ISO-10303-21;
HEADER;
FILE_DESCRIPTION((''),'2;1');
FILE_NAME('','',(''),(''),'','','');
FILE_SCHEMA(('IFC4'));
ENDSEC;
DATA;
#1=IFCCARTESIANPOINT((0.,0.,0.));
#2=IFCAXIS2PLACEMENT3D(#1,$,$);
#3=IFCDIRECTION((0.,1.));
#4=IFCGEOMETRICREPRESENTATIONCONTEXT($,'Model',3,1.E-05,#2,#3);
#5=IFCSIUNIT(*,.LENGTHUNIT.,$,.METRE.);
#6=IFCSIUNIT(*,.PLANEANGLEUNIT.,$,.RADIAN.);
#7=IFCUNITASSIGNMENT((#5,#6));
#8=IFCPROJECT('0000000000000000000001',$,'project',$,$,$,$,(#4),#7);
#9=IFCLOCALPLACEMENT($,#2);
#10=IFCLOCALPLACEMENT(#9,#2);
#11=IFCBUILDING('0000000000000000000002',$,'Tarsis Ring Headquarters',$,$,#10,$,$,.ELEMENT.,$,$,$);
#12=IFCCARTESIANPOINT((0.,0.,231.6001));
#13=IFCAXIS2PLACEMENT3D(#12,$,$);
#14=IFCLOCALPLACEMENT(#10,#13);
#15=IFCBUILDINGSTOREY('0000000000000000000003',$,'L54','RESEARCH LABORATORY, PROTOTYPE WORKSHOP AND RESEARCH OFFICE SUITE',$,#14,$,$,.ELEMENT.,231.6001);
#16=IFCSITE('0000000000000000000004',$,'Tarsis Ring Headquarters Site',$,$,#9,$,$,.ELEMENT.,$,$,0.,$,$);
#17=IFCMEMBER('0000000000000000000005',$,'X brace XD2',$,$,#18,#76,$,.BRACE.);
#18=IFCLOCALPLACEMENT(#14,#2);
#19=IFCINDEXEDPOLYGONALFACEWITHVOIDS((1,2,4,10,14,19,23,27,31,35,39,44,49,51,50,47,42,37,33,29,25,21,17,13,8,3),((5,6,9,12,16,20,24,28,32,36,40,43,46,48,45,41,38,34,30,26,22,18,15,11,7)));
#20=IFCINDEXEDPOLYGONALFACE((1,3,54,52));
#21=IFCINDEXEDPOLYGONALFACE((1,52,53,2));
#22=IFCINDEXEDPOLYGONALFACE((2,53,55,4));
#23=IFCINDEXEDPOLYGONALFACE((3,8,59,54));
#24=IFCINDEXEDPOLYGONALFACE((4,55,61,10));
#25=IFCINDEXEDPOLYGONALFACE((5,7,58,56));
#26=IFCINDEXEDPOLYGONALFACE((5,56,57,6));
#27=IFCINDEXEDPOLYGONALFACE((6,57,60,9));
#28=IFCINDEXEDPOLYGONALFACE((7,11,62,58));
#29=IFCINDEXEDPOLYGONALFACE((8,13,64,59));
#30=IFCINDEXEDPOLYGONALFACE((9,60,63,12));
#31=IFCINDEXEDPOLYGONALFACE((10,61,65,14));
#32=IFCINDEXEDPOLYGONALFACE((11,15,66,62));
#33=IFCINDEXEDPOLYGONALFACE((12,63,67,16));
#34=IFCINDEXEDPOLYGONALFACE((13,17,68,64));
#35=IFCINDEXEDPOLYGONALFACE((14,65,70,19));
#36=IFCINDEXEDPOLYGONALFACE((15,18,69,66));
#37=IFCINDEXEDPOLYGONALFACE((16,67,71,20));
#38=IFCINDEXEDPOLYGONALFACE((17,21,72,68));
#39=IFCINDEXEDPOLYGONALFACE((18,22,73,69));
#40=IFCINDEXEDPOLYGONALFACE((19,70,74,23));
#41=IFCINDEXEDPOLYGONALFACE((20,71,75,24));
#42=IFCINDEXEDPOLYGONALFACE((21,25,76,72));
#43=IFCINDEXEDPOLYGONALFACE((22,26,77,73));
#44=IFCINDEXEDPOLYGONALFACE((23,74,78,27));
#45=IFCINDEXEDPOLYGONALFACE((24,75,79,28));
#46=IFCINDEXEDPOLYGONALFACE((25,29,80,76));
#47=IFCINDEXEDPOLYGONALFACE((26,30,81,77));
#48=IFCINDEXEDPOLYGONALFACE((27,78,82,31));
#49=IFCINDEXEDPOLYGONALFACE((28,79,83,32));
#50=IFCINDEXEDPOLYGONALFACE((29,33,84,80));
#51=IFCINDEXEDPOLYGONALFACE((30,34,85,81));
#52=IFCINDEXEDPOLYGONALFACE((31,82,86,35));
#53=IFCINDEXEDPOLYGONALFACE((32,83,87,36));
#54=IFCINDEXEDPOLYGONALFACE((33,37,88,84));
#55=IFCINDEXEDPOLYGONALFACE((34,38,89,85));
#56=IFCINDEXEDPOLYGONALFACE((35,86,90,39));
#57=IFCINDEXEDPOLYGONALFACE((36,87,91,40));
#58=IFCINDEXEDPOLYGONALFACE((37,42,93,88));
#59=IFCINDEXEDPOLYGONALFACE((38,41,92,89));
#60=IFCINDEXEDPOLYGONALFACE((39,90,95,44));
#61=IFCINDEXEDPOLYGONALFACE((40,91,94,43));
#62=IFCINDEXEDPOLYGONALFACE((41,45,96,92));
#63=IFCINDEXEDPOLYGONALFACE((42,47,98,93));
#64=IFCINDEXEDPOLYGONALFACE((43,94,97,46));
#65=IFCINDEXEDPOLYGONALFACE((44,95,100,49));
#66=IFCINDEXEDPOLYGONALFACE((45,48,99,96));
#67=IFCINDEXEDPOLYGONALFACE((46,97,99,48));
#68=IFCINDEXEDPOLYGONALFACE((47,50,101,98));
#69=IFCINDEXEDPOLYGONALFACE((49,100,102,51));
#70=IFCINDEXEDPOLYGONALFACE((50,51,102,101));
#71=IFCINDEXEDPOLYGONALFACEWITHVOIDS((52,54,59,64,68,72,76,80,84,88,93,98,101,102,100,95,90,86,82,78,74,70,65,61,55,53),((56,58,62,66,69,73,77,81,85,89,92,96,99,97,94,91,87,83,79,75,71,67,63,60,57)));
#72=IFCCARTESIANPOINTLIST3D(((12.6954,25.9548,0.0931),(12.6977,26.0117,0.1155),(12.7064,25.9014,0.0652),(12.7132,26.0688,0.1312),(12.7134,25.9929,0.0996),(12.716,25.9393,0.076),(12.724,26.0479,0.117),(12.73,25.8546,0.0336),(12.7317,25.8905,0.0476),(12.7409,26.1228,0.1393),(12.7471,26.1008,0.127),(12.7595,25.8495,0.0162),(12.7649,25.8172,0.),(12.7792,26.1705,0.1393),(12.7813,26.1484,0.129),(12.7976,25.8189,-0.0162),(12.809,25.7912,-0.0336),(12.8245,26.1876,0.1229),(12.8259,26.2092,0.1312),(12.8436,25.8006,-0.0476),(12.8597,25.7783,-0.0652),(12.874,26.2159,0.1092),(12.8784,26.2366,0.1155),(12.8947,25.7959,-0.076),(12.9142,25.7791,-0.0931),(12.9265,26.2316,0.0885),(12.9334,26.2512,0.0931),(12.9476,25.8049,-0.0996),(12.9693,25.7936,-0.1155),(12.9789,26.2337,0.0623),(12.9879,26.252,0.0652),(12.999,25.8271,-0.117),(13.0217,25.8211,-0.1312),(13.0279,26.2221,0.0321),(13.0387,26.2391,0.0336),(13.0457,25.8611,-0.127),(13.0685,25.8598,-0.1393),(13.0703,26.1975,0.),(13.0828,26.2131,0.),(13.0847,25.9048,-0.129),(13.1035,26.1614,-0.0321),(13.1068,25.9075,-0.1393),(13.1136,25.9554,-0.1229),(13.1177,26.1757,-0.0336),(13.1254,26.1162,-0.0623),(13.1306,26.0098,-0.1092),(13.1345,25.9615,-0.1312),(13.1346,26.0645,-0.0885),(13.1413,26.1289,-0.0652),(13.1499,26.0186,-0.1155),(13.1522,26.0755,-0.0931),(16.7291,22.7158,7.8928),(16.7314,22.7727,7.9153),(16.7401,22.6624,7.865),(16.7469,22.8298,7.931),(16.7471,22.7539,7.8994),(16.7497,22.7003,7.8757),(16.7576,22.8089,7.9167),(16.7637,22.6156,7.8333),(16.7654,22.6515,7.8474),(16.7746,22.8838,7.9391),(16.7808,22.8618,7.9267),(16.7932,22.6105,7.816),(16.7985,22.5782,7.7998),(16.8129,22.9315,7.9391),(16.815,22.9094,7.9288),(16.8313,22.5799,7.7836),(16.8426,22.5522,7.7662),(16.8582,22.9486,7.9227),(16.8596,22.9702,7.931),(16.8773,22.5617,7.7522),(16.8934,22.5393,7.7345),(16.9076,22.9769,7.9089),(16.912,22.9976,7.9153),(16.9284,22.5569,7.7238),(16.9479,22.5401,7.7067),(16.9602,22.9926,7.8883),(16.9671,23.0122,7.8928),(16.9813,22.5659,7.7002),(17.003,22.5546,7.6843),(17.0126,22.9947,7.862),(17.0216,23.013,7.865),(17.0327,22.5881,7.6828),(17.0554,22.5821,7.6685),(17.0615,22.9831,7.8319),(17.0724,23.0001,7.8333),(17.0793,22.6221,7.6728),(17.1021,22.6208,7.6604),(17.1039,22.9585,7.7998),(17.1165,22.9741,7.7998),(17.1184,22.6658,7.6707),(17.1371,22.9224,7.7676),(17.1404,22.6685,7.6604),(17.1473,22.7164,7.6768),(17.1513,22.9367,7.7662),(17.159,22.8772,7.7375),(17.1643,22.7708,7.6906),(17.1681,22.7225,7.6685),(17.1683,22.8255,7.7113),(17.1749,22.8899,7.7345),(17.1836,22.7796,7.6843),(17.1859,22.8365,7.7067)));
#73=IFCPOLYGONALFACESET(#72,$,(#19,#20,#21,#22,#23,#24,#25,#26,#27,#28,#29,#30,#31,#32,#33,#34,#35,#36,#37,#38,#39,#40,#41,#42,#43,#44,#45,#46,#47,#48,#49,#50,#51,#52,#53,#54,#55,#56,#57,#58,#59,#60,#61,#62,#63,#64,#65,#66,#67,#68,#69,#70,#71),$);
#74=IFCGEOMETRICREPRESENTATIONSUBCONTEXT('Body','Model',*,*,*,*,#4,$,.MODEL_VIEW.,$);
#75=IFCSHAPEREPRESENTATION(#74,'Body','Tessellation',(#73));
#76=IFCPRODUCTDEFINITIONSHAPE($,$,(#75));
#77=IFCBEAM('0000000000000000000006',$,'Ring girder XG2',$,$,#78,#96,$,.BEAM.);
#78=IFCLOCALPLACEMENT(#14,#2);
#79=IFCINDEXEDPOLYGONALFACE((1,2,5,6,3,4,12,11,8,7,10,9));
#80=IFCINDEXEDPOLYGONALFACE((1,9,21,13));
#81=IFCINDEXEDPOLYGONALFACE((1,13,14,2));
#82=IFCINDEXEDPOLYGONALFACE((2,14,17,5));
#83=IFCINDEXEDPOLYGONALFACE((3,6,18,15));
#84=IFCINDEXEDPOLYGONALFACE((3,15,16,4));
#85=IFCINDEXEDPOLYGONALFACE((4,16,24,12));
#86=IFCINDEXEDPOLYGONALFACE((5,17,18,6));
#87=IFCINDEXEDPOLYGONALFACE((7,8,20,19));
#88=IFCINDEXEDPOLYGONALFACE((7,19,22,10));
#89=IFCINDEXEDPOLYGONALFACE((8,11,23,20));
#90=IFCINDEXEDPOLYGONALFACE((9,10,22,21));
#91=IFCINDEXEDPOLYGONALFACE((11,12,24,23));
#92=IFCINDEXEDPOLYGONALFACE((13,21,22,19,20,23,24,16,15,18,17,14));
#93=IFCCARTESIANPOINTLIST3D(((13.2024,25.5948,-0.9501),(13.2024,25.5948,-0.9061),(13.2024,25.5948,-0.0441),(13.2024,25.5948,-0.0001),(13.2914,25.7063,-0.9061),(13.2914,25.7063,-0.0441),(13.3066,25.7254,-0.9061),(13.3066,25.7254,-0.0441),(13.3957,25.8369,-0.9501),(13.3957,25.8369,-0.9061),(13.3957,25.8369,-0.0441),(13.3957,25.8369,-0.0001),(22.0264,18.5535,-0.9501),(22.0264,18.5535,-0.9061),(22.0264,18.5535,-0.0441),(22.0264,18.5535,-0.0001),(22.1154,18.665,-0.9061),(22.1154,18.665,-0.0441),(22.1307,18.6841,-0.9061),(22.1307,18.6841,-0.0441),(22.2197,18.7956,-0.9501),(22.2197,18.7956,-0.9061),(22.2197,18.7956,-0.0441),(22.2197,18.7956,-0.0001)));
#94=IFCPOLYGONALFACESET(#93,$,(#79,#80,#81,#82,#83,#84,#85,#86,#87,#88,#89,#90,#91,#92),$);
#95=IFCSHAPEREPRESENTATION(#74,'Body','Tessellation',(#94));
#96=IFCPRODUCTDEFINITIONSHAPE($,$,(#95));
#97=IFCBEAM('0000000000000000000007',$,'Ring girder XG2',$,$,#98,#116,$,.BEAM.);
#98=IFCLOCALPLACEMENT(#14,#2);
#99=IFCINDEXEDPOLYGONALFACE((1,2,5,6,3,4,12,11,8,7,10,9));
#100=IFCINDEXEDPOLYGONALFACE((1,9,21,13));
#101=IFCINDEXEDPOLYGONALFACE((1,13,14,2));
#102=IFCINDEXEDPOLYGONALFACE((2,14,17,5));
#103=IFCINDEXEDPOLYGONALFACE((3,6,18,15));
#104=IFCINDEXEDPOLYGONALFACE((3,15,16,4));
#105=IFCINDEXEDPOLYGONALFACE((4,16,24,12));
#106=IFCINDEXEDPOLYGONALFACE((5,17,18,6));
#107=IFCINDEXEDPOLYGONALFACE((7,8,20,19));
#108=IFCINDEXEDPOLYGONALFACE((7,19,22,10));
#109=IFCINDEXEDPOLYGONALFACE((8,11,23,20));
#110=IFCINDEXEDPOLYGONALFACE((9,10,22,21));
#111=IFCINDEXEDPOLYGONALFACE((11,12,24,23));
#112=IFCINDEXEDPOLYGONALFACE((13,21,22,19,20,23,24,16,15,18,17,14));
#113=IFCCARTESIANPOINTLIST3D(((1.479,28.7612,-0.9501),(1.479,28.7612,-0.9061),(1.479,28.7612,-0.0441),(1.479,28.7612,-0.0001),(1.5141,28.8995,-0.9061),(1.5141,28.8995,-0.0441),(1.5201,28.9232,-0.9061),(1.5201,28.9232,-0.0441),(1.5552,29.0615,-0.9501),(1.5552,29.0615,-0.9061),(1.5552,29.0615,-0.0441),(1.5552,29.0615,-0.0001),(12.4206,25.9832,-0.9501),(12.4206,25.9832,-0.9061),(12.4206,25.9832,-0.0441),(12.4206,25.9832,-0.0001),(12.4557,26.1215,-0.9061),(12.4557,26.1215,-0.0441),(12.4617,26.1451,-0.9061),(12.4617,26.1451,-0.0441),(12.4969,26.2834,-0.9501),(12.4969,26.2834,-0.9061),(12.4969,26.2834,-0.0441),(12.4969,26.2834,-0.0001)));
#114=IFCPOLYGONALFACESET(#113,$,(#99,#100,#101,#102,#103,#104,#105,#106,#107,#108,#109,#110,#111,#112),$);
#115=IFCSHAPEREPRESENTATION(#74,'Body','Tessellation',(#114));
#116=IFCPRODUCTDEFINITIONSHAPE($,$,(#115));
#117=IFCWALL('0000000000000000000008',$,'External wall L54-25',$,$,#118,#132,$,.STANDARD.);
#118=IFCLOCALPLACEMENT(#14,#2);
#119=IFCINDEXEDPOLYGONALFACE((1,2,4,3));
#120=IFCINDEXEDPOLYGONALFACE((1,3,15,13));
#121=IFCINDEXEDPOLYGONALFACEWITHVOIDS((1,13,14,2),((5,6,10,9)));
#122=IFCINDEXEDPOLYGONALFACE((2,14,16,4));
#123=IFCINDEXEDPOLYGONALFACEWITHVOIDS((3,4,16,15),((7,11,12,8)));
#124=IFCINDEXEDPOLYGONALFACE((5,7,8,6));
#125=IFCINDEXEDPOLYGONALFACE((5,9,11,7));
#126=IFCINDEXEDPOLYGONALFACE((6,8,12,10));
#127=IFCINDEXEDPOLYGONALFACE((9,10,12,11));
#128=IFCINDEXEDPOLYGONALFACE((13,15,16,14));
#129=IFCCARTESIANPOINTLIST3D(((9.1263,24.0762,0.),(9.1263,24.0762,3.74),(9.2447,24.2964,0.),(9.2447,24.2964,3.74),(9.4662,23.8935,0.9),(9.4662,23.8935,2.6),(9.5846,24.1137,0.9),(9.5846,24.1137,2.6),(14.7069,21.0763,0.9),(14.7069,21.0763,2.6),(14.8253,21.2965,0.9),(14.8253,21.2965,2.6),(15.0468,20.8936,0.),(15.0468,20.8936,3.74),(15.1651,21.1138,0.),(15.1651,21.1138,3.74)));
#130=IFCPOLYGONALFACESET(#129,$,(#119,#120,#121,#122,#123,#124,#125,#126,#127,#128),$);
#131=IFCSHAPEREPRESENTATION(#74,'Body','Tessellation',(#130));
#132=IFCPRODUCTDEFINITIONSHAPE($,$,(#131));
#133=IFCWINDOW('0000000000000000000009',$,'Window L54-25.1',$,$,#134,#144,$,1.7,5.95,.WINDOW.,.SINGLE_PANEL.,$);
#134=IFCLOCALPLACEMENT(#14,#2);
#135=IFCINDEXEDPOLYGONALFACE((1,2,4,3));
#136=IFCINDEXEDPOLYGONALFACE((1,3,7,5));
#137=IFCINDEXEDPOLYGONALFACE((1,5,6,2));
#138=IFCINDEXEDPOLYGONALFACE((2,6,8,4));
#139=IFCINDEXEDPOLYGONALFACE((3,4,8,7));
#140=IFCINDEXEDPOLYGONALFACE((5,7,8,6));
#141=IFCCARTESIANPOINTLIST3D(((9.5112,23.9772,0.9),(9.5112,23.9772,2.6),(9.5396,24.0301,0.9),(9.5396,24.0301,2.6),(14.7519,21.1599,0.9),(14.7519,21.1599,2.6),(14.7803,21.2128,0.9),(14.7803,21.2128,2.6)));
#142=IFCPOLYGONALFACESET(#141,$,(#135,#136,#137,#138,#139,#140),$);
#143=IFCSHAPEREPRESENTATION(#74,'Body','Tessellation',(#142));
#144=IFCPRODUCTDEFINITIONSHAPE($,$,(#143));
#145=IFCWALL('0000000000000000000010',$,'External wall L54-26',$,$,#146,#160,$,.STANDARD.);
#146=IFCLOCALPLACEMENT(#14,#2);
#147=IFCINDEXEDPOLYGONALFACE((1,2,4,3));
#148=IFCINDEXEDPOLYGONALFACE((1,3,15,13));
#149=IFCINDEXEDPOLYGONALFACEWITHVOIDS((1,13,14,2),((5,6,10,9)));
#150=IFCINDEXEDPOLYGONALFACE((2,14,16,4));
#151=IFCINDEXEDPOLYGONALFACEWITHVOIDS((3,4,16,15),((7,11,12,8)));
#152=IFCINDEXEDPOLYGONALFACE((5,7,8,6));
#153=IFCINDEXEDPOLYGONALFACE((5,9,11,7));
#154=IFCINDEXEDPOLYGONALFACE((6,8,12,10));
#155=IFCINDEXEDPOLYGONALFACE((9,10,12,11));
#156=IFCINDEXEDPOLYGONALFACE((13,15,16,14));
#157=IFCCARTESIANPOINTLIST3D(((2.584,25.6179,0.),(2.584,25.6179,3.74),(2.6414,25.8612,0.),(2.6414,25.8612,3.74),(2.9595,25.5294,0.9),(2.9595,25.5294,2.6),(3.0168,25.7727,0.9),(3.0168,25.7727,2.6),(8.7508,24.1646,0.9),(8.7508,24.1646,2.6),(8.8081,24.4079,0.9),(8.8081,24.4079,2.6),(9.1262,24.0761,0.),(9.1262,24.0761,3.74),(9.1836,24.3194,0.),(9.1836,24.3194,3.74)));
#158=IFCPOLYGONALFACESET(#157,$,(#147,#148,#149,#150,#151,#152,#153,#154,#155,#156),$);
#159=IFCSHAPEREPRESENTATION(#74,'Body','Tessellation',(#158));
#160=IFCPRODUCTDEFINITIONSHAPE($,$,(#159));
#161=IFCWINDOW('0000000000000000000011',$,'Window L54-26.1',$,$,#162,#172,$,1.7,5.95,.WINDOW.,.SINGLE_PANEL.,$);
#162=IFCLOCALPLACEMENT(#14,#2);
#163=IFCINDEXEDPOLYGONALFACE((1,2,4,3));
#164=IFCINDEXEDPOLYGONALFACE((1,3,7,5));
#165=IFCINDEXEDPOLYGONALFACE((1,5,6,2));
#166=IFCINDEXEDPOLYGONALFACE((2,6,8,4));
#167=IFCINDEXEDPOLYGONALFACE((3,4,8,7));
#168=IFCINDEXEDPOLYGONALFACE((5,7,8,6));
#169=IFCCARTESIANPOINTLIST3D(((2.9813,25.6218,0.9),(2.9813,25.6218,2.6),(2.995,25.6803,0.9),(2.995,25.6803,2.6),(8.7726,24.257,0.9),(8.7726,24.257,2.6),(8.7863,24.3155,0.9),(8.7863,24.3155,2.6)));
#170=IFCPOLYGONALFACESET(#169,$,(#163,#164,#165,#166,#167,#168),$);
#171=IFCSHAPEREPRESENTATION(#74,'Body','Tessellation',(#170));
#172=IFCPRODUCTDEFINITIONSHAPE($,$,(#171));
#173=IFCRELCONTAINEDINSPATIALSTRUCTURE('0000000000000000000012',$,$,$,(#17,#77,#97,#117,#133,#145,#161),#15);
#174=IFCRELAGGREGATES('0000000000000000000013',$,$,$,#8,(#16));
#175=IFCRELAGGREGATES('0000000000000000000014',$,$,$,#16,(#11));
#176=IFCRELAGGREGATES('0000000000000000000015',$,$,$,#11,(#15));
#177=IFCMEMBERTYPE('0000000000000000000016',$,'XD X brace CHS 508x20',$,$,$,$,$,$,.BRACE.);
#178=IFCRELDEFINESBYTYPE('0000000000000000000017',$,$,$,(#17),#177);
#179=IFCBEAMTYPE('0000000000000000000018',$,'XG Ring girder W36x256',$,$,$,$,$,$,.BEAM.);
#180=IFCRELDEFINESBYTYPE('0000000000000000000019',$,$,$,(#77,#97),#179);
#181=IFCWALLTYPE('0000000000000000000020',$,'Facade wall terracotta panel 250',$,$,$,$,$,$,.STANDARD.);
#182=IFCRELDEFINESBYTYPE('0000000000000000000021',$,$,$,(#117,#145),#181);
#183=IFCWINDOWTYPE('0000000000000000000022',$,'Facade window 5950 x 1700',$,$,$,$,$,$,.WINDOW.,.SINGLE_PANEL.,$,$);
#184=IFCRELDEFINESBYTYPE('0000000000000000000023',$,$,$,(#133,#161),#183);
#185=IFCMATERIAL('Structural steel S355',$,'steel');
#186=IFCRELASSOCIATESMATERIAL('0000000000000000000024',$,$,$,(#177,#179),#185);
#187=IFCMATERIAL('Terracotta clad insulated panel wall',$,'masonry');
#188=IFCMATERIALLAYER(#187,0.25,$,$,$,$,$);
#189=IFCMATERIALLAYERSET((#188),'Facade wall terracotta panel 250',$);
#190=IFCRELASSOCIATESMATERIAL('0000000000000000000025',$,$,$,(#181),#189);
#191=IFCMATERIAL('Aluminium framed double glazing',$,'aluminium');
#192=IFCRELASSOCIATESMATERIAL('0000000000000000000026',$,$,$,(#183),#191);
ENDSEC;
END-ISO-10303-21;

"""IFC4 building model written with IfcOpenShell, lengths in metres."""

from ifc_helpers import new_model, si_unit, direction, frame, frame_2d, origin, origin_2d, place, context, subcontext, project, spatial, rectangle, hollow_circle, i_section, extrude, material, layer, layer_set, material_profile, profile_set, type_object, element, fill, save


model = new_model("IFC4")

# Units and contexts
model_context = context("Model", 3, precision=1e-05, world=origin(), true_north=direction((0.0, 1.0)))
body_context = subcontext(model_context, "Body", "Model", "MODEL_VIEW")
ifc_project = project(units=[si_unit("LENGTHUNIT", "METRE"), si_unit("PLANEANGLEUNIT", "RADIAN")], contexts=[model_context])

# Site, building, storey
site_placement = place(None, origin())
site = spatial("IfcSite", under=ifc_project, at=site_placement, Name="Tarsis Ring Headquarters Site", CompositionType="ELEMENT", RefElevation=0.0)
building_placement = place(site_placement, origin())
building = spatial("IfcBuilding", under=site, at=building_placement, Name="Tarsis Ring Headquarters", CompositionType="ELEMENT")
storey_placement = place(building_placement, frame((0.0, 0.0, 231.6001)))
storey = spatial("IfcBuildingStorey", under=building, at=storey_placement, Name="L54", Description="RESEARCH LABORATORY, PROTOTYPE WORKSHOP AND RESEARCH OFFICE SUITE", CompositionType="ELEMENT", Elevation=231.6001)

# Shared definitions
ifc_material_1 = material(Name="Structural steel S355", Category="steel")

# Shared definitions
ifc_material_profile_1 = material_profile(ifc_material_1, i_section(OverallWidth=0.3098, OverallDepth=0.95, WebThickness=0.0244, FlangeThickness=0.0439, at=origin_2d()), Name="W36x256")
ifc_profile_set_1 = profile_set([ifc_material_profile_1], Name="Structural steel S355")

# Member
ifc_material_profile_2 = material_profile(ifc_material_1, hollow_circle(Radius=0.2539, WallThickness=0.02, at=origin_2d()), Name="CHS 508x20")
ifc_profile_set_2 = profile_set([ifc_material_profile_2], Name="Structural steel S355")
member_type = type_object("IfcMemberType", Name="XD X brace CHS 508x20", PredefinedType="BRACE", material=ifc_profile_set_2)
member_1_placement = place(storey_placement, frame((12.9238, 26.0151, 0.0), z_axis=(0.430976, -0.34607, 0.833364), x_axis=(0.626116, 0.77973, 0.0)))
element("IfcMember", 1, at=member_1_placement, inside=storey, type_object=member_type, Name="X brace XD2", PredefinedType="BRACE", context=body_context, shape_type="SweptSolid", body=[
    extrude(hollow_circle(Radius=0.2539, WallThickness=0.02, at=origin_2d()), origin(), (0.0, 0.0, 1.0), 9.3594),
])

# Beams
beam_type_1 = type_object("IfcBeamType", Name="XG Ring girder W36x256", PredefinedType="BEAM", material=ifc_profile_set_1)
beam_1_placement = place(storey_placement, frame((22.123, 18.6746, -0.4751), z_axis=(-0.781643, 0.623727, 0.0), x_axis=(-0.623727, -0.781643, 0.0)))
element("IfcBeam", 2, at=beam_1_placement, inside=storey, type_object=beam_type_1, Name="Ring girder XG2", PredefinedType="BEAM", context=body_context, shape_type="SweptSolid", body=[
    extrude(i_section(OverallWidth=0.3098, OverallDepth=0.95, WebThickness=0.0244, FlangeThickness=0.0439, at=origin_2d()), origin(), (0.0, 0.0, 1.0), 11.2891),
])
beam_2_placement = place(storey_placement, frame((12.4587, 26.1333, -0.4751), z_axis=(-0.969247, 0.246091, 0.0), x_axis=(-0.246091, -0.969247, 0.0)))
element("IfcBeam", 3, at=beam_2_placement, inside=storey, type_object=beam_type_1, Name="Ring girder XG2", PredefinedType="BEAM", context=body_context, shape_type="SweptSolid", body=[
    extrude(i_section(OverallWidth=0.3098, OverallDepth=0.95, WebThickness=0.0244, FlangeThickness=0.0439, at=origin_2d()), origin(), (0.0, 0.0, 1.0), 11.2888),
])

# Walls, openings, windows
ifc_material_2 = material(Name="Terracotta clad insulated panel wall", Category="masonry")
ifc_layer = layer(ifc_material_2, 0.25)
ifc_layer_set = layer_set([ifc_layer], Name="Facade wall terracotta panel 250")
wall_type = type_object("IfcWallType", Name="Facade wall terracotta panel 250", PredefinedType="STANDARD", material=ifc_layer_set)
wall_1_placement = place(storey_placement, frame((15.106, 21.0037, 0.0), z_axis=(0.0, 0.0, 1.0), x_axis=(-0.8808, 0.473489, 0.0)))
wall_1 = element("IfcWall", 4, at=wall_1_placement, inside=storey, type_object=wall_type, Name="External wall L54-25", PredefinedType="STANDARD", context=body_context, shape_type="SweptSolid", body=[
    extrude(rectangle(XDim=6.7217, YDim=0.25, at=frame_2d((3.3608, 0.0))), origin(), (0.0, 0.0, 1.0), 3.74),
])
opening_1_placement = place(wall_1_placement, frame((0.3857, 0.0, 0.8999)))
opening_1 = element("IfcOpeningElement", 5, at=opening_1_placement, cuts=wall_1, PredefinedType="OPENING", context=body_context, shape_type="SweptSolid", body=[
    extrude(rectangle(XDim=5.95, YDim=1.7, at=frame_2d((2.9751, 0.8501))), frame((0.0, 0.135, 0.0), z_axis=(0.0, -1.0, 0.0), x_axis=(1.0, 0.0, 0.0)), (0.0, 0.0, 1.0), 0.27),
])
ifc_material_3 = material(Name="Aluminium framed double glazing", Category="aluminium")
window_type = type_object("IfcWindowType", Name="Facade window 5950 x 1700", PartitioningType="SINGLE_PANEL", PredefinedType="WINDOW", material=ifc_material_3)
window_1_placement = place(opening_1_placement, origin())
window_1 = element("IfcWindow", 6, at=window_1_placement, inside=storey, type_object=window_type, Name="Window L54-25.1", OverallHeight=1.7, OverallWidth=5.95, PartitioningType="SINGLE_PANEL", PredefinedType="WINDOW", context=body_context, shape_type="SweptSolid", body=[
    extrude(rectangle(XDim=5.95, YDim=1.7, at=frame_2d((2.9751, 0.8501))), frame((0.0, 0.03, 0.0), z_axis=(0.0, -1.0, 0.0), x_axis=(1.0, 0.0, 0.0)), (0.0, 0.0, 1.0), 0.0601),
])
fill(opening_1, window_1)
wall_2_placement = place(storey_placement, frame((9.155, 24.1978, 0.0), z_axis=(0.0, 0.0, 1.0), x_axis=(-0.973338, 0.229377, 0.0)))
wall_2 = element("IfcWall", 7, at=wall_2_placement, inside=storey, type_object=wall_type, Name="External wall L54-26", PredefinedType="STANDARD", context=body_context, shape_type="SweptSolid", body=[
    extrude(rectangle(XDim=6.7214, YDim=0.25, at=frame_2d((3.3608, 0.0))), origin(), (0.0, 0.0, 1.0), 3.74),
])
opening_2_placement = place(wall_2_placement, frame((0.3857, 0.0, 0.8999)))
opening_2 = element("IfcOpeningElement", 8, at=opening_2_placement, cuts=wall_2, PredefinedType="OPENING", context=body_context, shape_type="SweptSolid", body=[
    extrude(rectangle(XDim=5.95, YDim=1.7, at=frame_2d((2.9751, 0.8501))), frame((0.0, 0.135, 0.0), z_axis=(0.0, -1.0, 0.0), x_axis=(1.0, 0.0, 0.0)), (0.0, 0.0, 1.0), 0.27),
])
window_2_placement = place(opening_2_placement, origin())
window_2 = element("IfcWindow", 9, at=window_2_placement, inside=storey, type_object=window_type, Name="Window L54-26.1", OverallHeight=1.7, OverallWidth=5.95, PartitioningType="SINGLE_PANEL", PredefinedType="WINDOW", context=body_context, shape_type="SweptSolid", body=[
    extrude(rectangle(XDim=5.95, YDim=1.7, at=frame_2d((2.9751, 0.8501))), frame((0.0, 0.03, 0.0), z_axis=(0.0, -1.0, 0.0), x_axis=(1.0, 0.0, 0.0)), (0.0, 0.0, 1.0), 0.0601),
])
fill(opening_2, window_2)

save(model, "model.ifc")
